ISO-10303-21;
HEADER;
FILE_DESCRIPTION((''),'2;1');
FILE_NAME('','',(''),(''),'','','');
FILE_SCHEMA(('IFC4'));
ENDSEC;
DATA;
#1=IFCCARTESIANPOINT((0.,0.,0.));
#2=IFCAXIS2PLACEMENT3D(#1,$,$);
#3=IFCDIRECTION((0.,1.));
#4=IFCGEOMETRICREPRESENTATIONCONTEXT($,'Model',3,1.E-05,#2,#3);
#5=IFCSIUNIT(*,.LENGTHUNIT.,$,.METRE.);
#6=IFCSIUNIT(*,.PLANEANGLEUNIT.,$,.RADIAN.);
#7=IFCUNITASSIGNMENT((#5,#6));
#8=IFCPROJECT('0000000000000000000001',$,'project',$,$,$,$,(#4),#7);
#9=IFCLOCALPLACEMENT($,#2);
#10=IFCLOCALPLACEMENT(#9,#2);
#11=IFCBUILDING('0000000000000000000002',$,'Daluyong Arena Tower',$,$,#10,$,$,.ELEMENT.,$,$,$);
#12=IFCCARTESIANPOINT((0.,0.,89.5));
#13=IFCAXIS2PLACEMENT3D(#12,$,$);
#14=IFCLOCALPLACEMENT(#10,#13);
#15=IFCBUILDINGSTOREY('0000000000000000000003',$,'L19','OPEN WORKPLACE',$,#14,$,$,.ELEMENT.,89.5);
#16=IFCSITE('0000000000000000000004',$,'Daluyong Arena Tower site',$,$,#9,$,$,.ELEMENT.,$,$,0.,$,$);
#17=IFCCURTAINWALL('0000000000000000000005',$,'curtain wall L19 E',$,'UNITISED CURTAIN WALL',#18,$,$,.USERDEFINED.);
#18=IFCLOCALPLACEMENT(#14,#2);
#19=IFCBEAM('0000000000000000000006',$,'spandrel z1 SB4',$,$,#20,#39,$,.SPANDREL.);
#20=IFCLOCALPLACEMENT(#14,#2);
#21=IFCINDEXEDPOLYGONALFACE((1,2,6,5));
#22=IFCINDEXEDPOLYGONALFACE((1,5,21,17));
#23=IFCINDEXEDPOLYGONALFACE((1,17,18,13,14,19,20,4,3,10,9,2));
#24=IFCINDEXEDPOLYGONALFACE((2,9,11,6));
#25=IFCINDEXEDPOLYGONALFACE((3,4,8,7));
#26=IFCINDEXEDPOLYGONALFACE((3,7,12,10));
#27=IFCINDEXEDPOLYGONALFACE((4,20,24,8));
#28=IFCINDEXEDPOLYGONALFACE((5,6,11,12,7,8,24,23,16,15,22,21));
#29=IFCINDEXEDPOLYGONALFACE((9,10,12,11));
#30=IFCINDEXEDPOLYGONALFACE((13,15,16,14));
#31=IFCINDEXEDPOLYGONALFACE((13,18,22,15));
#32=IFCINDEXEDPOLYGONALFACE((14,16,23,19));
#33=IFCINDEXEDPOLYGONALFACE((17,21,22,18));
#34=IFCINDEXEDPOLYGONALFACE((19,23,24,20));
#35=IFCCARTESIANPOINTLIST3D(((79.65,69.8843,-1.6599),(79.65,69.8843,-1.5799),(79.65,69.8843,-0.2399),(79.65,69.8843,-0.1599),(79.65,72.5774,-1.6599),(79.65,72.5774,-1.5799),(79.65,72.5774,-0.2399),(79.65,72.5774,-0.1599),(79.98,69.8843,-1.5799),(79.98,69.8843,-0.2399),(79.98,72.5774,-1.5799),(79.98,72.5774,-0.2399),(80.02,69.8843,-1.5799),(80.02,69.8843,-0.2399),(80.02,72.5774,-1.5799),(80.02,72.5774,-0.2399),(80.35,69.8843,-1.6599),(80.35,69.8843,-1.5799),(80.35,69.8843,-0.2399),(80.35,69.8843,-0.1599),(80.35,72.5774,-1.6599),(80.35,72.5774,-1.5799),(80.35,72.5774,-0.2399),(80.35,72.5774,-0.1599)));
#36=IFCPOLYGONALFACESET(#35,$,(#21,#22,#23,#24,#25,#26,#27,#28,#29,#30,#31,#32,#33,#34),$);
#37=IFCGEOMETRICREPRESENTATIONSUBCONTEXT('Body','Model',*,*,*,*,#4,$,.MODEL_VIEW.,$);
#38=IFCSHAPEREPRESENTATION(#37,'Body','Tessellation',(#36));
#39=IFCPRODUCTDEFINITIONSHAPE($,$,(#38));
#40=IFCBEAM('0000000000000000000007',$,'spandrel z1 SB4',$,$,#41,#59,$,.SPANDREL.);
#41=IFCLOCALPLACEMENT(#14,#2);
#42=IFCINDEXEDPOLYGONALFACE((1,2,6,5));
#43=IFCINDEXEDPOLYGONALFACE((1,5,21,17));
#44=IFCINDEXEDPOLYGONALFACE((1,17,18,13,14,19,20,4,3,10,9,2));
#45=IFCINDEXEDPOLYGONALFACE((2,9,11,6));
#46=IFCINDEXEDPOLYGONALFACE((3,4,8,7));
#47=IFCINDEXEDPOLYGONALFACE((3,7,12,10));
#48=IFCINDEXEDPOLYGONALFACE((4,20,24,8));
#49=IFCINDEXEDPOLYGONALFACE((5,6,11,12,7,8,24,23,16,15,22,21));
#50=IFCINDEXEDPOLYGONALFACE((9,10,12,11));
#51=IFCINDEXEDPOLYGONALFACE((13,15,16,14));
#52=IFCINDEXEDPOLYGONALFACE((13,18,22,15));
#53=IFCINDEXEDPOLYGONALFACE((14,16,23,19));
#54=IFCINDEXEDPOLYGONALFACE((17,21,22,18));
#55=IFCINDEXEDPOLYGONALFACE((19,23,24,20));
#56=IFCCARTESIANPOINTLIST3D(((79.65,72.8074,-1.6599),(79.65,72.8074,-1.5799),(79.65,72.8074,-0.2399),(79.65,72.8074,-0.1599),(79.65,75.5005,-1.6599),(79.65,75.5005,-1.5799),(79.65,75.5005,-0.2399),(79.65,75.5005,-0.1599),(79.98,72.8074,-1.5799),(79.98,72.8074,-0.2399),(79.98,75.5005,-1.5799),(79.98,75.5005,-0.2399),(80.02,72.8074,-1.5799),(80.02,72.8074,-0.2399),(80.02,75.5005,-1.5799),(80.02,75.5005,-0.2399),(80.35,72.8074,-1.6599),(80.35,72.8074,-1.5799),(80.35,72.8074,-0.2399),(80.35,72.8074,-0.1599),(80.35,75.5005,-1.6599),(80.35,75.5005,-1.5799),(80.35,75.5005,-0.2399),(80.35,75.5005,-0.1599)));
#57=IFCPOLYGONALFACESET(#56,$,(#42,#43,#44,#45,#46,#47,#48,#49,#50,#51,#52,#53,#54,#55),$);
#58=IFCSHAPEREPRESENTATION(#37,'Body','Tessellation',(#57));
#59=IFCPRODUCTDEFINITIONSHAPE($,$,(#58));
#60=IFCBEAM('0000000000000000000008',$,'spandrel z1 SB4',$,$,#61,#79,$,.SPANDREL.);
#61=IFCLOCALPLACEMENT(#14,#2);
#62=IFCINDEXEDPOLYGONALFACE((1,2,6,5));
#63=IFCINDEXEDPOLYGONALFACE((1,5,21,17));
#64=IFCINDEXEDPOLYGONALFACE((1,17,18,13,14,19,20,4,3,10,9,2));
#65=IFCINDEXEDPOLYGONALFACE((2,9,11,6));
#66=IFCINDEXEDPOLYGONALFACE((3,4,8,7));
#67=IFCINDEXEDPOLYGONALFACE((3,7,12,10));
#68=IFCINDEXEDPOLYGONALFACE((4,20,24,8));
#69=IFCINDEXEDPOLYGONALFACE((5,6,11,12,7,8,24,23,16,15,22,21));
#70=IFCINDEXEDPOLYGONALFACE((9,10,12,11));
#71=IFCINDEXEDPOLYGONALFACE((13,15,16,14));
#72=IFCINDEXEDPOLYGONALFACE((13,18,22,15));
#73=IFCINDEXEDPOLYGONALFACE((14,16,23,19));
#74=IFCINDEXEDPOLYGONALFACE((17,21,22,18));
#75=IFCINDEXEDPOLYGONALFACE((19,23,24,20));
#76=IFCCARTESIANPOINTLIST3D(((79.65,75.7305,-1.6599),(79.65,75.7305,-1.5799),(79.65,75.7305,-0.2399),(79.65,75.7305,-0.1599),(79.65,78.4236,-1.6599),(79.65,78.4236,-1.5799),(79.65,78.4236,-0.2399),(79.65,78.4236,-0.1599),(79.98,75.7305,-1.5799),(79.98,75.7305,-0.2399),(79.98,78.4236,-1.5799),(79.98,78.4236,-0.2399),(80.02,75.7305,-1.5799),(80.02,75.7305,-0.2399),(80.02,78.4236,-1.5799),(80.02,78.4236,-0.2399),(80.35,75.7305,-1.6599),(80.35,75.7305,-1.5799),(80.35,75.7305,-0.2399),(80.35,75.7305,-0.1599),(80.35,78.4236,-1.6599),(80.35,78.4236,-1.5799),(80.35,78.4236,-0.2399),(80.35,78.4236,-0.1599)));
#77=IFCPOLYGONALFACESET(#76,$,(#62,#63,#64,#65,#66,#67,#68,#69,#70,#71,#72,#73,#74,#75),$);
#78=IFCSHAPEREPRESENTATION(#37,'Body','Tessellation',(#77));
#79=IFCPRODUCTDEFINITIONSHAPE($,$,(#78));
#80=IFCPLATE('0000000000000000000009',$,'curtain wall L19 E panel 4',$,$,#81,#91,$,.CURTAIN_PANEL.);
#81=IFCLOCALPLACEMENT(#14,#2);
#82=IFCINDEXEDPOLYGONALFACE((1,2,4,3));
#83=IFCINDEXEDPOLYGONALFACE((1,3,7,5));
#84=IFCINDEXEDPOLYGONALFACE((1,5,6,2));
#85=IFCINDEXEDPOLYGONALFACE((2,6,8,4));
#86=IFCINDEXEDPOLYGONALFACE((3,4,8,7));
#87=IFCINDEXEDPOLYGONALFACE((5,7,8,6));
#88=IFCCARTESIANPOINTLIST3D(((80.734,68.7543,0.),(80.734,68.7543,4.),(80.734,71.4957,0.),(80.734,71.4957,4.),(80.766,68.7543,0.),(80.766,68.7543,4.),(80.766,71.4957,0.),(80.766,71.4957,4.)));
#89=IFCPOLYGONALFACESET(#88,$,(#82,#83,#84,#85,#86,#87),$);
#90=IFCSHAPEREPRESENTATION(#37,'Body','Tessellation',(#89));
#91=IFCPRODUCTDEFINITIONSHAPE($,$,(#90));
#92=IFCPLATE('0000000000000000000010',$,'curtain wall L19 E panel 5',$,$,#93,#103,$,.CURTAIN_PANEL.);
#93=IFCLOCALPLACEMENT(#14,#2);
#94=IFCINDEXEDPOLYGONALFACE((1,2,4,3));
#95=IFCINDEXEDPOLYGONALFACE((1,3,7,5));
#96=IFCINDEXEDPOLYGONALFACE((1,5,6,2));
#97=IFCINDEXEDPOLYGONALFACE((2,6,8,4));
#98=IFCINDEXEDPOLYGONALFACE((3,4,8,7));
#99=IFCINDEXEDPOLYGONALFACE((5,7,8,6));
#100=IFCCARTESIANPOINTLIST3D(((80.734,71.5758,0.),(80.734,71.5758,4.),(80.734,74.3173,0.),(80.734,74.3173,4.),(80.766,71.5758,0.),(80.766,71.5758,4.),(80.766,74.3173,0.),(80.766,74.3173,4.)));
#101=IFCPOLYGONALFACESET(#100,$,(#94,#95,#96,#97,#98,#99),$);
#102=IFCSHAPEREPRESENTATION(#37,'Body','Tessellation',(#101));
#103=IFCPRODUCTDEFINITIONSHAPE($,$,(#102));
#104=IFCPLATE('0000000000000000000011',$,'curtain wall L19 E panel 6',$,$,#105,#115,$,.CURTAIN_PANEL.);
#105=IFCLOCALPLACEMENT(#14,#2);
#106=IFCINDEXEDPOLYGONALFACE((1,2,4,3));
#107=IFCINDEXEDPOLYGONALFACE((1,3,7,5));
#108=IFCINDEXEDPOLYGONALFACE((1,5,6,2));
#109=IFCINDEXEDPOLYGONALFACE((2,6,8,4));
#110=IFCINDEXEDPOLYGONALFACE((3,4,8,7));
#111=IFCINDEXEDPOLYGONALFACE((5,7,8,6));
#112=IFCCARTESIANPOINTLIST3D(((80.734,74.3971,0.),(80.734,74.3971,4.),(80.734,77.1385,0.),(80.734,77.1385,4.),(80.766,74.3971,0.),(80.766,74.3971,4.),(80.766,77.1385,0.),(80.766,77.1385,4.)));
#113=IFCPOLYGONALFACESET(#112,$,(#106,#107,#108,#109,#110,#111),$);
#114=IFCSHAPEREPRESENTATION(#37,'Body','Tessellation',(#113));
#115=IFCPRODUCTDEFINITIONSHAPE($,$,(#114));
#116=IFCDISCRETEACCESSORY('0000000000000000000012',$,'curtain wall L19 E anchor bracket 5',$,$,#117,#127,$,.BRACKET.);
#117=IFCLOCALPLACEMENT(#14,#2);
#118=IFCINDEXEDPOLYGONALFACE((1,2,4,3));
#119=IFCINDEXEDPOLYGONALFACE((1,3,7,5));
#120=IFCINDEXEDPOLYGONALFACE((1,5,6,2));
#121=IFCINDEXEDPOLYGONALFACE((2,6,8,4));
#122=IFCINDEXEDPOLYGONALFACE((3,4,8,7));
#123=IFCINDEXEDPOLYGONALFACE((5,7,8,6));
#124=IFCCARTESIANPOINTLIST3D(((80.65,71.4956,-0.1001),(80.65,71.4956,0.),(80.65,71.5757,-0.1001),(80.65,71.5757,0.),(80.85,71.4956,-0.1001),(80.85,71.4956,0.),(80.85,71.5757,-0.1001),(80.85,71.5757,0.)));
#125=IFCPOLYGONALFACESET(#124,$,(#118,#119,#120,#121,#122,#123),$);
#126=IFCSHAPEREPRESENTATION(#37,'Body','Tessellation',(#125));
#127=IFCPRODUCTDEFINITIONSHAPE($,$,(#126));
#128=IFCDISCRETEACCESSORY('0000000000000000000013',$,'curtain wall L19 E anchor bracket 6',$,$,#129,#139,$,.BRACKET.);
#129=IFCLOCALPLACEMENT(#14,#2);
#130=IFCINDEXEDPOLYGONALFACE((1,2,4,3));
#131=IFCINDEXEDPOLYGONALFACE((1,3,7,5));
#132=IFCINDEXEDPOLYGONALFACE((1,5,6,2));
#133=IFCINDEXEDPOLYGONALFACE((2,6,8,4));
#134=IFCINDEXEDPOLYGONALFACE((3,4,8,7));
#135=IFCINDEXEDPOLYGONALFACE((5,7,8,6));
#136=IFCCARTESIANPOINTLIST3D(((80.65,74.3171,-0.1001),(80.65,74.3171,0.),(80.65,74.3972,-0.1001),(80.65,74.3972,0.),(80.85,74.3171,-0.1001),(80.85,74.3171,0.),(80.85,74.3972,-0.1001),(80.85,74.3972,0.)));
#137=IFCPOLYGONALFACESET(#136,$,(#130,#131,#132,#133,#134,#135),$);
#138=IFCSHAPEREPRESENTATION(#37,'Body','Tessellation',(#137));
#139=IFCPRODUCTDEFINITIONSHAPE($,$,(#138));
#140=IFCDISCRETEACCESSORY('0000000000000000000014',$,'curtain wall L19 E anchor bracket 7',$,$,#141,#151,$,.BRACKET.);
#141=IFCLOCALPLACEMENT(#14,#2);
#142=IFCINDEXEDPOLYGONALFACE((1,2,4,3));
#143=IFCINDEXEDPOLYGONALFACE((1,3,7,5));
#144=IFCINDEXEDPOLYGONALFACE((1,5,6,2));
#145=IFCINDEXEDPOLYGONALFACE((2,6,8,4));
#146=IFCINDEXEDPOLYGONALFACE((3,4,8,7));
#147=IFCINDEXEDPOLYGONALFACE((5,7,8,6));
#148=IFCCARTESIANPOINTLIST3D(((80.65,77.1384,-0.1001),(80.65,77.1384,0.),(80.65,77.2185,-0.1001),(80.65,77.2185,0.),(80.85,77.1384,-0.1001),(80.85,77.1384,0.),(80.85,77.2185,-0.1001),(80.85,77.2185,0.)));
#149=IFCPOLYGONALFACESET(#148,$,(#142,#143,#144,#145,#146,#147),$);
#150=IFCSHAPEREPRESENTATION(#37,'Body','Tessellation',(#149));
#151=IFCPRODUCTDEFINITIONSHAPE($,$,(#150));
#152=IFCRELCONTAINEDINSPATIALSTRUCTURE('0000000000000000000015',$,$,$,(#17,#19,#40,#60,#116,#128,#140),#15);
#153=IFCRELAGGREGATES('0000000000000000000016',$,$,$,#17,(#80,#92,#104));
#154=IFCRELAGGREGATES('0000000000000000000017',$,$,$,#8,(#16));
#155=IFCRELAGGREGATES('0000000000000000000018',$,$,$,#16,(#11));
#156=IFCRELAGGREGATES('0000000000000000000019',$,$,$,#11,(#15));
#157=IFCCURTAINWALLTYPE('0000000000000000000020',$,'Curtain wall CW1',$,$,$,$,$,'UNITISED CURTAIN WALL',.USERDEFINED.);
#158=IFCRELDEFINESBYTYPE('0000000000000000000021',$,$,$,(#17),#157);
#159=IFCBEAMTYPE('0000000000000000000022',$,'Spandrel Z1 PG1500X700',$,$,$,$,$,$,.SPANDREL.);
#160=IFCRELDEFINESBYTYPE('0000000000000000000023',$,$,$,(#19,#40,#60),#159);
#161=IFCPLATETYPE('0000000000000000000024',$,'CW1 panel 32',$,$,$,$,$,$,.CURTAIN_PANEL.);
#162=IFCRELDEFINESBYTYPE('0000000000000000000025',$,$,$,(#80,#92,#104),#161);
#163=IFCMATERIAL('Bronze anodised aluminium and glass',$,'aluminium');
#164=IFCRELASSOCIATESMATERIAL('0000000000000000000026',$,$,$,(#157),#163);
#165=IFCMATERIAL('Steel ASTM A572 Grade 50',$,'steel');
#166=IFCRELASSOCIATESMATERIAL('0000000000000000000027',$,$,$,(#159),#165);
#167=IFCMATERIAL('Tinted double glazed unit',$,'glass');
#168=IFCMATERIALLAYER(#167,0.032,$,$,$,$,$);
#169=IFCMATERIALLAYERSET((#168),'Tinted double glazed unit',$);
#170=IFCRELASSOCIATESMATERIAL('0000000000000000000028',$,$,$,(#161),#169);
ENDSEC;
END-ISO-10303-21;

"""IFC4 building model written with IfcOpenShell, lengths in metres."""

from ifc_helpers import new_model, si_unit, direction, frame, origin, origin_2d, place, context, subcontext, project, spatial, rectangle, i_section, extrude, material, layer, layer_set, material_profile, profile_set, type_object, element, aggregate, save


model = new_model("IFC4")

# Units and contexts
model_context = context("Model", 3, precision=1e-05, world=origin(), true_north=direction((0.0, 1.0)))
body_context = subcontext(model_context, "Body", "Model", "MODEL_VIEW")
ifc_project = project(units=[si_unit("LENGTHUNIT", "METRE"), si_unit("PLANEANGLEUNIT", "RADIAN")], contexts=[model_context])

# Site, building, storey
site_placement = place(None, origin())
site = spatial("IfcSite", under=ifc_project, at=site_placement, Name="Daluyong Arena Tower site", CompositionType="ELEMENT", RefElevation=0.0)
building_placement = place(site_placement, origin())
building = spatial("IfcBuilding", under=site, at=building_placement, Name="Daluyong Arena Tower", CompositionType="ELEMENT")
storey_placement = place(building_placement, frame((0.0, 0.0, 89.5)))
storey = spatial("IfcBuildingStorey", under=building, at=storey_placement, Name="L19", Description="OPEN WORKPLACE", CompositionType="ELEMENT", Elevation=89.5)

# Curtain wall
ifc_material_1 = material(Name="Bronze anodised aluminium and glass", Category="aluminium")
curtain_wall_type = type_object("IfcCurtainWallType", Name="Curtain wall CW1", ElementType="UNITISED CURTAIN WALL", PredefinedType="USERDEFINED", material=ifc_material_1)
curtain_wall_placement = place(storey_placement, origin())
curtain_wall = element("IfcCurtainWall", 1, at=curtain_wall_placement, inside=storey, type_object=curtain_wall_type, Name="curtain wall L19 E", ObjectType="UNITISED CURTAIN WALL", PredefinedType="USERDEFINED")

# Beams
ifc_material_2 = material(Name="Steel ASTM A572 Grade 50", Category="steel")
ifc_material_profile_1 = material_profile(ifc_material_2, i_section(OverallWidth=0.7, OverallDepth=1.5, WebThickness=0.04, FlangeThickness=0.08, at=origin_2d()))
ifc_profile_set_1 = profile_set([ifc_material_profile_1], Name="Steel ASTM A572 Grade 50")
beam_type_1 = type_object("IfcBeamType", Name="Spandrel Z1 PG1500X700", PredefinedType="SPANDREL", material=ifc_profile_set_1)
for number, where, z_axis, x_axis, name in (
    (2, (80.0, 69.8843, -0.9099), (0.0, 1.0, 0.0), (-1.0, 0.0, 0.0), "spandrel z1 SB4"),
    (3, (80.0, 72.8074, -0.9099), (0.0, 1.0, 0.0), (-1.0, 0.0, 0.0), "spandrel z1 SB4"),
    (4, (80.0, 75.7305, -0.9099), (0.0, 1.0, 0.0), (-1.0, 0.0, 0.0), "spandrel z1 SB4"),
):
    element("IfcBeam", number, at=place(storey_placement, frame(where, z_axis=z_axis, x_axis=x_axis)), inside=storey, type_object=beam_type_1, Name=name, PredefinedType="SPANDREL", context=body_context, shape_type="SweptSolid", body=[
        extrude(i_section(OverallWidth=0.7, OverallDepth=1.5, WebThickness=0.04, FlangeThickness=0.08, at=origin_2d()), origin(), (0.0, 0.0, 1.0), 2.6931),
    ])

# Plates
ifc_material_3 = material(Name="Tinted double glazed unit", Category="glass")
ifc_layer = layer(ifc_material_3, 0.032)
ifc_layer_set = layer_set([ifc_layer], Name="Tinted double glazed unit")
plate_type = type_object("IfcPlateType", Name="CW1 panel 32", PredefinedType="CURTAIN_PANEL", material=ifc_layer_set)
plate_1_placement = place(storey_placement, frame((80.75, 70.125, 0.0), z_axis=(0.0, 0.0, 1.0), x_axis=(0.0, 1.0, 0.0)))
plate_1 = element("IfcPlate", 5, at=plate_1_placement, type_object=plate_type, Name="curtain wall L19 E panel 4", PredefinedType="CURTAIN_PANEL", context=body_context, shape_type="SweptSolid", body=[
    extrude(rectangle(XDim=2.7415, YDim=0.032, at=origin_2d()), origin(), (0.0, 0.0, 1.0), 4.0),
])
plate_2_placement = place(storey_placement, frame((80.75, 72.9465, 0.0), z_axis=(0.0, 0.0, 1.0), x_axis=(0.0, 1.0, 0.0)))
plate_2 = element("IfcPlate", 6, at=plate_2_placement, type_object=plate_type, Name="curtain wall L19 E panel 5", PredefinedType="CURTAIN_PANEL", context=body_context, shape_type="SweptSolid", body=[
    extrude(rectangle(XDim=2.7415, YDim=0.032, at=origin_2d()), origin(), (0.0, 0.0, 1.0), 4.0),
])
plate_3_placement = place(storey_placement, frame((80.75, 75.7678, 0.0), z_axis=(0.0, 0.0, 1.0), x_axis=(0.0, 1.0, 0.0)))
plate_3 = element("IfcPlate", 7, at=plate_3_placement, type_object=plate_type, Name="curtain wall L19 E panel 6", PredefinedType="CURTAIN_PANEL", context=body_context, shape_type="SweptSolid", body=[
    extrude(rectangle(XDim=2.7415, YDim=0.032, at=origin_2d()), origin(), (0.0, 0.0, 1.0), 4.0),
])
aggregate(curtain_wall, [plate_1, plate_2, plate_3])

# Discrete accessories
for number, where, z_axis, x_axis, name in (
    (8, (80.75, 71.5356, -0.1001), (0.0, 0.0, 1.0), (0.0, 1.0, 0.0), "curtain wall L19 E anchor bracket 5"),
    (9, (80.75, 74.3572, -0.1001), (0.0, 0.0, 1.0), (0.0, 1.0, 0.0), "curtain wall L19 E anchor bracket 6"),
    (10, (80.75, 77.1785, -0.1001), (0.0, 0.0, 1.0), (0.0, 1.0, 0.0), "curtain wall L19 E anchor bracket 7"),
):
    element("IfcDiscreteAccessory", number, at=place(storey_placement, frame(where, z_axis=z_axis, x_axis=x_axis)), inside=storey, Name=name, PredefinedType="BRACKET", context=body_context, shape_type="SweptSolid", body=[
        extrude(rectangle(XDim=0.0801, YDim=0.2, at=origin_2d()), origin(), (0.0, 0.0, 1.0), 0.1001),
    ])

save(model, "model.ifc")
